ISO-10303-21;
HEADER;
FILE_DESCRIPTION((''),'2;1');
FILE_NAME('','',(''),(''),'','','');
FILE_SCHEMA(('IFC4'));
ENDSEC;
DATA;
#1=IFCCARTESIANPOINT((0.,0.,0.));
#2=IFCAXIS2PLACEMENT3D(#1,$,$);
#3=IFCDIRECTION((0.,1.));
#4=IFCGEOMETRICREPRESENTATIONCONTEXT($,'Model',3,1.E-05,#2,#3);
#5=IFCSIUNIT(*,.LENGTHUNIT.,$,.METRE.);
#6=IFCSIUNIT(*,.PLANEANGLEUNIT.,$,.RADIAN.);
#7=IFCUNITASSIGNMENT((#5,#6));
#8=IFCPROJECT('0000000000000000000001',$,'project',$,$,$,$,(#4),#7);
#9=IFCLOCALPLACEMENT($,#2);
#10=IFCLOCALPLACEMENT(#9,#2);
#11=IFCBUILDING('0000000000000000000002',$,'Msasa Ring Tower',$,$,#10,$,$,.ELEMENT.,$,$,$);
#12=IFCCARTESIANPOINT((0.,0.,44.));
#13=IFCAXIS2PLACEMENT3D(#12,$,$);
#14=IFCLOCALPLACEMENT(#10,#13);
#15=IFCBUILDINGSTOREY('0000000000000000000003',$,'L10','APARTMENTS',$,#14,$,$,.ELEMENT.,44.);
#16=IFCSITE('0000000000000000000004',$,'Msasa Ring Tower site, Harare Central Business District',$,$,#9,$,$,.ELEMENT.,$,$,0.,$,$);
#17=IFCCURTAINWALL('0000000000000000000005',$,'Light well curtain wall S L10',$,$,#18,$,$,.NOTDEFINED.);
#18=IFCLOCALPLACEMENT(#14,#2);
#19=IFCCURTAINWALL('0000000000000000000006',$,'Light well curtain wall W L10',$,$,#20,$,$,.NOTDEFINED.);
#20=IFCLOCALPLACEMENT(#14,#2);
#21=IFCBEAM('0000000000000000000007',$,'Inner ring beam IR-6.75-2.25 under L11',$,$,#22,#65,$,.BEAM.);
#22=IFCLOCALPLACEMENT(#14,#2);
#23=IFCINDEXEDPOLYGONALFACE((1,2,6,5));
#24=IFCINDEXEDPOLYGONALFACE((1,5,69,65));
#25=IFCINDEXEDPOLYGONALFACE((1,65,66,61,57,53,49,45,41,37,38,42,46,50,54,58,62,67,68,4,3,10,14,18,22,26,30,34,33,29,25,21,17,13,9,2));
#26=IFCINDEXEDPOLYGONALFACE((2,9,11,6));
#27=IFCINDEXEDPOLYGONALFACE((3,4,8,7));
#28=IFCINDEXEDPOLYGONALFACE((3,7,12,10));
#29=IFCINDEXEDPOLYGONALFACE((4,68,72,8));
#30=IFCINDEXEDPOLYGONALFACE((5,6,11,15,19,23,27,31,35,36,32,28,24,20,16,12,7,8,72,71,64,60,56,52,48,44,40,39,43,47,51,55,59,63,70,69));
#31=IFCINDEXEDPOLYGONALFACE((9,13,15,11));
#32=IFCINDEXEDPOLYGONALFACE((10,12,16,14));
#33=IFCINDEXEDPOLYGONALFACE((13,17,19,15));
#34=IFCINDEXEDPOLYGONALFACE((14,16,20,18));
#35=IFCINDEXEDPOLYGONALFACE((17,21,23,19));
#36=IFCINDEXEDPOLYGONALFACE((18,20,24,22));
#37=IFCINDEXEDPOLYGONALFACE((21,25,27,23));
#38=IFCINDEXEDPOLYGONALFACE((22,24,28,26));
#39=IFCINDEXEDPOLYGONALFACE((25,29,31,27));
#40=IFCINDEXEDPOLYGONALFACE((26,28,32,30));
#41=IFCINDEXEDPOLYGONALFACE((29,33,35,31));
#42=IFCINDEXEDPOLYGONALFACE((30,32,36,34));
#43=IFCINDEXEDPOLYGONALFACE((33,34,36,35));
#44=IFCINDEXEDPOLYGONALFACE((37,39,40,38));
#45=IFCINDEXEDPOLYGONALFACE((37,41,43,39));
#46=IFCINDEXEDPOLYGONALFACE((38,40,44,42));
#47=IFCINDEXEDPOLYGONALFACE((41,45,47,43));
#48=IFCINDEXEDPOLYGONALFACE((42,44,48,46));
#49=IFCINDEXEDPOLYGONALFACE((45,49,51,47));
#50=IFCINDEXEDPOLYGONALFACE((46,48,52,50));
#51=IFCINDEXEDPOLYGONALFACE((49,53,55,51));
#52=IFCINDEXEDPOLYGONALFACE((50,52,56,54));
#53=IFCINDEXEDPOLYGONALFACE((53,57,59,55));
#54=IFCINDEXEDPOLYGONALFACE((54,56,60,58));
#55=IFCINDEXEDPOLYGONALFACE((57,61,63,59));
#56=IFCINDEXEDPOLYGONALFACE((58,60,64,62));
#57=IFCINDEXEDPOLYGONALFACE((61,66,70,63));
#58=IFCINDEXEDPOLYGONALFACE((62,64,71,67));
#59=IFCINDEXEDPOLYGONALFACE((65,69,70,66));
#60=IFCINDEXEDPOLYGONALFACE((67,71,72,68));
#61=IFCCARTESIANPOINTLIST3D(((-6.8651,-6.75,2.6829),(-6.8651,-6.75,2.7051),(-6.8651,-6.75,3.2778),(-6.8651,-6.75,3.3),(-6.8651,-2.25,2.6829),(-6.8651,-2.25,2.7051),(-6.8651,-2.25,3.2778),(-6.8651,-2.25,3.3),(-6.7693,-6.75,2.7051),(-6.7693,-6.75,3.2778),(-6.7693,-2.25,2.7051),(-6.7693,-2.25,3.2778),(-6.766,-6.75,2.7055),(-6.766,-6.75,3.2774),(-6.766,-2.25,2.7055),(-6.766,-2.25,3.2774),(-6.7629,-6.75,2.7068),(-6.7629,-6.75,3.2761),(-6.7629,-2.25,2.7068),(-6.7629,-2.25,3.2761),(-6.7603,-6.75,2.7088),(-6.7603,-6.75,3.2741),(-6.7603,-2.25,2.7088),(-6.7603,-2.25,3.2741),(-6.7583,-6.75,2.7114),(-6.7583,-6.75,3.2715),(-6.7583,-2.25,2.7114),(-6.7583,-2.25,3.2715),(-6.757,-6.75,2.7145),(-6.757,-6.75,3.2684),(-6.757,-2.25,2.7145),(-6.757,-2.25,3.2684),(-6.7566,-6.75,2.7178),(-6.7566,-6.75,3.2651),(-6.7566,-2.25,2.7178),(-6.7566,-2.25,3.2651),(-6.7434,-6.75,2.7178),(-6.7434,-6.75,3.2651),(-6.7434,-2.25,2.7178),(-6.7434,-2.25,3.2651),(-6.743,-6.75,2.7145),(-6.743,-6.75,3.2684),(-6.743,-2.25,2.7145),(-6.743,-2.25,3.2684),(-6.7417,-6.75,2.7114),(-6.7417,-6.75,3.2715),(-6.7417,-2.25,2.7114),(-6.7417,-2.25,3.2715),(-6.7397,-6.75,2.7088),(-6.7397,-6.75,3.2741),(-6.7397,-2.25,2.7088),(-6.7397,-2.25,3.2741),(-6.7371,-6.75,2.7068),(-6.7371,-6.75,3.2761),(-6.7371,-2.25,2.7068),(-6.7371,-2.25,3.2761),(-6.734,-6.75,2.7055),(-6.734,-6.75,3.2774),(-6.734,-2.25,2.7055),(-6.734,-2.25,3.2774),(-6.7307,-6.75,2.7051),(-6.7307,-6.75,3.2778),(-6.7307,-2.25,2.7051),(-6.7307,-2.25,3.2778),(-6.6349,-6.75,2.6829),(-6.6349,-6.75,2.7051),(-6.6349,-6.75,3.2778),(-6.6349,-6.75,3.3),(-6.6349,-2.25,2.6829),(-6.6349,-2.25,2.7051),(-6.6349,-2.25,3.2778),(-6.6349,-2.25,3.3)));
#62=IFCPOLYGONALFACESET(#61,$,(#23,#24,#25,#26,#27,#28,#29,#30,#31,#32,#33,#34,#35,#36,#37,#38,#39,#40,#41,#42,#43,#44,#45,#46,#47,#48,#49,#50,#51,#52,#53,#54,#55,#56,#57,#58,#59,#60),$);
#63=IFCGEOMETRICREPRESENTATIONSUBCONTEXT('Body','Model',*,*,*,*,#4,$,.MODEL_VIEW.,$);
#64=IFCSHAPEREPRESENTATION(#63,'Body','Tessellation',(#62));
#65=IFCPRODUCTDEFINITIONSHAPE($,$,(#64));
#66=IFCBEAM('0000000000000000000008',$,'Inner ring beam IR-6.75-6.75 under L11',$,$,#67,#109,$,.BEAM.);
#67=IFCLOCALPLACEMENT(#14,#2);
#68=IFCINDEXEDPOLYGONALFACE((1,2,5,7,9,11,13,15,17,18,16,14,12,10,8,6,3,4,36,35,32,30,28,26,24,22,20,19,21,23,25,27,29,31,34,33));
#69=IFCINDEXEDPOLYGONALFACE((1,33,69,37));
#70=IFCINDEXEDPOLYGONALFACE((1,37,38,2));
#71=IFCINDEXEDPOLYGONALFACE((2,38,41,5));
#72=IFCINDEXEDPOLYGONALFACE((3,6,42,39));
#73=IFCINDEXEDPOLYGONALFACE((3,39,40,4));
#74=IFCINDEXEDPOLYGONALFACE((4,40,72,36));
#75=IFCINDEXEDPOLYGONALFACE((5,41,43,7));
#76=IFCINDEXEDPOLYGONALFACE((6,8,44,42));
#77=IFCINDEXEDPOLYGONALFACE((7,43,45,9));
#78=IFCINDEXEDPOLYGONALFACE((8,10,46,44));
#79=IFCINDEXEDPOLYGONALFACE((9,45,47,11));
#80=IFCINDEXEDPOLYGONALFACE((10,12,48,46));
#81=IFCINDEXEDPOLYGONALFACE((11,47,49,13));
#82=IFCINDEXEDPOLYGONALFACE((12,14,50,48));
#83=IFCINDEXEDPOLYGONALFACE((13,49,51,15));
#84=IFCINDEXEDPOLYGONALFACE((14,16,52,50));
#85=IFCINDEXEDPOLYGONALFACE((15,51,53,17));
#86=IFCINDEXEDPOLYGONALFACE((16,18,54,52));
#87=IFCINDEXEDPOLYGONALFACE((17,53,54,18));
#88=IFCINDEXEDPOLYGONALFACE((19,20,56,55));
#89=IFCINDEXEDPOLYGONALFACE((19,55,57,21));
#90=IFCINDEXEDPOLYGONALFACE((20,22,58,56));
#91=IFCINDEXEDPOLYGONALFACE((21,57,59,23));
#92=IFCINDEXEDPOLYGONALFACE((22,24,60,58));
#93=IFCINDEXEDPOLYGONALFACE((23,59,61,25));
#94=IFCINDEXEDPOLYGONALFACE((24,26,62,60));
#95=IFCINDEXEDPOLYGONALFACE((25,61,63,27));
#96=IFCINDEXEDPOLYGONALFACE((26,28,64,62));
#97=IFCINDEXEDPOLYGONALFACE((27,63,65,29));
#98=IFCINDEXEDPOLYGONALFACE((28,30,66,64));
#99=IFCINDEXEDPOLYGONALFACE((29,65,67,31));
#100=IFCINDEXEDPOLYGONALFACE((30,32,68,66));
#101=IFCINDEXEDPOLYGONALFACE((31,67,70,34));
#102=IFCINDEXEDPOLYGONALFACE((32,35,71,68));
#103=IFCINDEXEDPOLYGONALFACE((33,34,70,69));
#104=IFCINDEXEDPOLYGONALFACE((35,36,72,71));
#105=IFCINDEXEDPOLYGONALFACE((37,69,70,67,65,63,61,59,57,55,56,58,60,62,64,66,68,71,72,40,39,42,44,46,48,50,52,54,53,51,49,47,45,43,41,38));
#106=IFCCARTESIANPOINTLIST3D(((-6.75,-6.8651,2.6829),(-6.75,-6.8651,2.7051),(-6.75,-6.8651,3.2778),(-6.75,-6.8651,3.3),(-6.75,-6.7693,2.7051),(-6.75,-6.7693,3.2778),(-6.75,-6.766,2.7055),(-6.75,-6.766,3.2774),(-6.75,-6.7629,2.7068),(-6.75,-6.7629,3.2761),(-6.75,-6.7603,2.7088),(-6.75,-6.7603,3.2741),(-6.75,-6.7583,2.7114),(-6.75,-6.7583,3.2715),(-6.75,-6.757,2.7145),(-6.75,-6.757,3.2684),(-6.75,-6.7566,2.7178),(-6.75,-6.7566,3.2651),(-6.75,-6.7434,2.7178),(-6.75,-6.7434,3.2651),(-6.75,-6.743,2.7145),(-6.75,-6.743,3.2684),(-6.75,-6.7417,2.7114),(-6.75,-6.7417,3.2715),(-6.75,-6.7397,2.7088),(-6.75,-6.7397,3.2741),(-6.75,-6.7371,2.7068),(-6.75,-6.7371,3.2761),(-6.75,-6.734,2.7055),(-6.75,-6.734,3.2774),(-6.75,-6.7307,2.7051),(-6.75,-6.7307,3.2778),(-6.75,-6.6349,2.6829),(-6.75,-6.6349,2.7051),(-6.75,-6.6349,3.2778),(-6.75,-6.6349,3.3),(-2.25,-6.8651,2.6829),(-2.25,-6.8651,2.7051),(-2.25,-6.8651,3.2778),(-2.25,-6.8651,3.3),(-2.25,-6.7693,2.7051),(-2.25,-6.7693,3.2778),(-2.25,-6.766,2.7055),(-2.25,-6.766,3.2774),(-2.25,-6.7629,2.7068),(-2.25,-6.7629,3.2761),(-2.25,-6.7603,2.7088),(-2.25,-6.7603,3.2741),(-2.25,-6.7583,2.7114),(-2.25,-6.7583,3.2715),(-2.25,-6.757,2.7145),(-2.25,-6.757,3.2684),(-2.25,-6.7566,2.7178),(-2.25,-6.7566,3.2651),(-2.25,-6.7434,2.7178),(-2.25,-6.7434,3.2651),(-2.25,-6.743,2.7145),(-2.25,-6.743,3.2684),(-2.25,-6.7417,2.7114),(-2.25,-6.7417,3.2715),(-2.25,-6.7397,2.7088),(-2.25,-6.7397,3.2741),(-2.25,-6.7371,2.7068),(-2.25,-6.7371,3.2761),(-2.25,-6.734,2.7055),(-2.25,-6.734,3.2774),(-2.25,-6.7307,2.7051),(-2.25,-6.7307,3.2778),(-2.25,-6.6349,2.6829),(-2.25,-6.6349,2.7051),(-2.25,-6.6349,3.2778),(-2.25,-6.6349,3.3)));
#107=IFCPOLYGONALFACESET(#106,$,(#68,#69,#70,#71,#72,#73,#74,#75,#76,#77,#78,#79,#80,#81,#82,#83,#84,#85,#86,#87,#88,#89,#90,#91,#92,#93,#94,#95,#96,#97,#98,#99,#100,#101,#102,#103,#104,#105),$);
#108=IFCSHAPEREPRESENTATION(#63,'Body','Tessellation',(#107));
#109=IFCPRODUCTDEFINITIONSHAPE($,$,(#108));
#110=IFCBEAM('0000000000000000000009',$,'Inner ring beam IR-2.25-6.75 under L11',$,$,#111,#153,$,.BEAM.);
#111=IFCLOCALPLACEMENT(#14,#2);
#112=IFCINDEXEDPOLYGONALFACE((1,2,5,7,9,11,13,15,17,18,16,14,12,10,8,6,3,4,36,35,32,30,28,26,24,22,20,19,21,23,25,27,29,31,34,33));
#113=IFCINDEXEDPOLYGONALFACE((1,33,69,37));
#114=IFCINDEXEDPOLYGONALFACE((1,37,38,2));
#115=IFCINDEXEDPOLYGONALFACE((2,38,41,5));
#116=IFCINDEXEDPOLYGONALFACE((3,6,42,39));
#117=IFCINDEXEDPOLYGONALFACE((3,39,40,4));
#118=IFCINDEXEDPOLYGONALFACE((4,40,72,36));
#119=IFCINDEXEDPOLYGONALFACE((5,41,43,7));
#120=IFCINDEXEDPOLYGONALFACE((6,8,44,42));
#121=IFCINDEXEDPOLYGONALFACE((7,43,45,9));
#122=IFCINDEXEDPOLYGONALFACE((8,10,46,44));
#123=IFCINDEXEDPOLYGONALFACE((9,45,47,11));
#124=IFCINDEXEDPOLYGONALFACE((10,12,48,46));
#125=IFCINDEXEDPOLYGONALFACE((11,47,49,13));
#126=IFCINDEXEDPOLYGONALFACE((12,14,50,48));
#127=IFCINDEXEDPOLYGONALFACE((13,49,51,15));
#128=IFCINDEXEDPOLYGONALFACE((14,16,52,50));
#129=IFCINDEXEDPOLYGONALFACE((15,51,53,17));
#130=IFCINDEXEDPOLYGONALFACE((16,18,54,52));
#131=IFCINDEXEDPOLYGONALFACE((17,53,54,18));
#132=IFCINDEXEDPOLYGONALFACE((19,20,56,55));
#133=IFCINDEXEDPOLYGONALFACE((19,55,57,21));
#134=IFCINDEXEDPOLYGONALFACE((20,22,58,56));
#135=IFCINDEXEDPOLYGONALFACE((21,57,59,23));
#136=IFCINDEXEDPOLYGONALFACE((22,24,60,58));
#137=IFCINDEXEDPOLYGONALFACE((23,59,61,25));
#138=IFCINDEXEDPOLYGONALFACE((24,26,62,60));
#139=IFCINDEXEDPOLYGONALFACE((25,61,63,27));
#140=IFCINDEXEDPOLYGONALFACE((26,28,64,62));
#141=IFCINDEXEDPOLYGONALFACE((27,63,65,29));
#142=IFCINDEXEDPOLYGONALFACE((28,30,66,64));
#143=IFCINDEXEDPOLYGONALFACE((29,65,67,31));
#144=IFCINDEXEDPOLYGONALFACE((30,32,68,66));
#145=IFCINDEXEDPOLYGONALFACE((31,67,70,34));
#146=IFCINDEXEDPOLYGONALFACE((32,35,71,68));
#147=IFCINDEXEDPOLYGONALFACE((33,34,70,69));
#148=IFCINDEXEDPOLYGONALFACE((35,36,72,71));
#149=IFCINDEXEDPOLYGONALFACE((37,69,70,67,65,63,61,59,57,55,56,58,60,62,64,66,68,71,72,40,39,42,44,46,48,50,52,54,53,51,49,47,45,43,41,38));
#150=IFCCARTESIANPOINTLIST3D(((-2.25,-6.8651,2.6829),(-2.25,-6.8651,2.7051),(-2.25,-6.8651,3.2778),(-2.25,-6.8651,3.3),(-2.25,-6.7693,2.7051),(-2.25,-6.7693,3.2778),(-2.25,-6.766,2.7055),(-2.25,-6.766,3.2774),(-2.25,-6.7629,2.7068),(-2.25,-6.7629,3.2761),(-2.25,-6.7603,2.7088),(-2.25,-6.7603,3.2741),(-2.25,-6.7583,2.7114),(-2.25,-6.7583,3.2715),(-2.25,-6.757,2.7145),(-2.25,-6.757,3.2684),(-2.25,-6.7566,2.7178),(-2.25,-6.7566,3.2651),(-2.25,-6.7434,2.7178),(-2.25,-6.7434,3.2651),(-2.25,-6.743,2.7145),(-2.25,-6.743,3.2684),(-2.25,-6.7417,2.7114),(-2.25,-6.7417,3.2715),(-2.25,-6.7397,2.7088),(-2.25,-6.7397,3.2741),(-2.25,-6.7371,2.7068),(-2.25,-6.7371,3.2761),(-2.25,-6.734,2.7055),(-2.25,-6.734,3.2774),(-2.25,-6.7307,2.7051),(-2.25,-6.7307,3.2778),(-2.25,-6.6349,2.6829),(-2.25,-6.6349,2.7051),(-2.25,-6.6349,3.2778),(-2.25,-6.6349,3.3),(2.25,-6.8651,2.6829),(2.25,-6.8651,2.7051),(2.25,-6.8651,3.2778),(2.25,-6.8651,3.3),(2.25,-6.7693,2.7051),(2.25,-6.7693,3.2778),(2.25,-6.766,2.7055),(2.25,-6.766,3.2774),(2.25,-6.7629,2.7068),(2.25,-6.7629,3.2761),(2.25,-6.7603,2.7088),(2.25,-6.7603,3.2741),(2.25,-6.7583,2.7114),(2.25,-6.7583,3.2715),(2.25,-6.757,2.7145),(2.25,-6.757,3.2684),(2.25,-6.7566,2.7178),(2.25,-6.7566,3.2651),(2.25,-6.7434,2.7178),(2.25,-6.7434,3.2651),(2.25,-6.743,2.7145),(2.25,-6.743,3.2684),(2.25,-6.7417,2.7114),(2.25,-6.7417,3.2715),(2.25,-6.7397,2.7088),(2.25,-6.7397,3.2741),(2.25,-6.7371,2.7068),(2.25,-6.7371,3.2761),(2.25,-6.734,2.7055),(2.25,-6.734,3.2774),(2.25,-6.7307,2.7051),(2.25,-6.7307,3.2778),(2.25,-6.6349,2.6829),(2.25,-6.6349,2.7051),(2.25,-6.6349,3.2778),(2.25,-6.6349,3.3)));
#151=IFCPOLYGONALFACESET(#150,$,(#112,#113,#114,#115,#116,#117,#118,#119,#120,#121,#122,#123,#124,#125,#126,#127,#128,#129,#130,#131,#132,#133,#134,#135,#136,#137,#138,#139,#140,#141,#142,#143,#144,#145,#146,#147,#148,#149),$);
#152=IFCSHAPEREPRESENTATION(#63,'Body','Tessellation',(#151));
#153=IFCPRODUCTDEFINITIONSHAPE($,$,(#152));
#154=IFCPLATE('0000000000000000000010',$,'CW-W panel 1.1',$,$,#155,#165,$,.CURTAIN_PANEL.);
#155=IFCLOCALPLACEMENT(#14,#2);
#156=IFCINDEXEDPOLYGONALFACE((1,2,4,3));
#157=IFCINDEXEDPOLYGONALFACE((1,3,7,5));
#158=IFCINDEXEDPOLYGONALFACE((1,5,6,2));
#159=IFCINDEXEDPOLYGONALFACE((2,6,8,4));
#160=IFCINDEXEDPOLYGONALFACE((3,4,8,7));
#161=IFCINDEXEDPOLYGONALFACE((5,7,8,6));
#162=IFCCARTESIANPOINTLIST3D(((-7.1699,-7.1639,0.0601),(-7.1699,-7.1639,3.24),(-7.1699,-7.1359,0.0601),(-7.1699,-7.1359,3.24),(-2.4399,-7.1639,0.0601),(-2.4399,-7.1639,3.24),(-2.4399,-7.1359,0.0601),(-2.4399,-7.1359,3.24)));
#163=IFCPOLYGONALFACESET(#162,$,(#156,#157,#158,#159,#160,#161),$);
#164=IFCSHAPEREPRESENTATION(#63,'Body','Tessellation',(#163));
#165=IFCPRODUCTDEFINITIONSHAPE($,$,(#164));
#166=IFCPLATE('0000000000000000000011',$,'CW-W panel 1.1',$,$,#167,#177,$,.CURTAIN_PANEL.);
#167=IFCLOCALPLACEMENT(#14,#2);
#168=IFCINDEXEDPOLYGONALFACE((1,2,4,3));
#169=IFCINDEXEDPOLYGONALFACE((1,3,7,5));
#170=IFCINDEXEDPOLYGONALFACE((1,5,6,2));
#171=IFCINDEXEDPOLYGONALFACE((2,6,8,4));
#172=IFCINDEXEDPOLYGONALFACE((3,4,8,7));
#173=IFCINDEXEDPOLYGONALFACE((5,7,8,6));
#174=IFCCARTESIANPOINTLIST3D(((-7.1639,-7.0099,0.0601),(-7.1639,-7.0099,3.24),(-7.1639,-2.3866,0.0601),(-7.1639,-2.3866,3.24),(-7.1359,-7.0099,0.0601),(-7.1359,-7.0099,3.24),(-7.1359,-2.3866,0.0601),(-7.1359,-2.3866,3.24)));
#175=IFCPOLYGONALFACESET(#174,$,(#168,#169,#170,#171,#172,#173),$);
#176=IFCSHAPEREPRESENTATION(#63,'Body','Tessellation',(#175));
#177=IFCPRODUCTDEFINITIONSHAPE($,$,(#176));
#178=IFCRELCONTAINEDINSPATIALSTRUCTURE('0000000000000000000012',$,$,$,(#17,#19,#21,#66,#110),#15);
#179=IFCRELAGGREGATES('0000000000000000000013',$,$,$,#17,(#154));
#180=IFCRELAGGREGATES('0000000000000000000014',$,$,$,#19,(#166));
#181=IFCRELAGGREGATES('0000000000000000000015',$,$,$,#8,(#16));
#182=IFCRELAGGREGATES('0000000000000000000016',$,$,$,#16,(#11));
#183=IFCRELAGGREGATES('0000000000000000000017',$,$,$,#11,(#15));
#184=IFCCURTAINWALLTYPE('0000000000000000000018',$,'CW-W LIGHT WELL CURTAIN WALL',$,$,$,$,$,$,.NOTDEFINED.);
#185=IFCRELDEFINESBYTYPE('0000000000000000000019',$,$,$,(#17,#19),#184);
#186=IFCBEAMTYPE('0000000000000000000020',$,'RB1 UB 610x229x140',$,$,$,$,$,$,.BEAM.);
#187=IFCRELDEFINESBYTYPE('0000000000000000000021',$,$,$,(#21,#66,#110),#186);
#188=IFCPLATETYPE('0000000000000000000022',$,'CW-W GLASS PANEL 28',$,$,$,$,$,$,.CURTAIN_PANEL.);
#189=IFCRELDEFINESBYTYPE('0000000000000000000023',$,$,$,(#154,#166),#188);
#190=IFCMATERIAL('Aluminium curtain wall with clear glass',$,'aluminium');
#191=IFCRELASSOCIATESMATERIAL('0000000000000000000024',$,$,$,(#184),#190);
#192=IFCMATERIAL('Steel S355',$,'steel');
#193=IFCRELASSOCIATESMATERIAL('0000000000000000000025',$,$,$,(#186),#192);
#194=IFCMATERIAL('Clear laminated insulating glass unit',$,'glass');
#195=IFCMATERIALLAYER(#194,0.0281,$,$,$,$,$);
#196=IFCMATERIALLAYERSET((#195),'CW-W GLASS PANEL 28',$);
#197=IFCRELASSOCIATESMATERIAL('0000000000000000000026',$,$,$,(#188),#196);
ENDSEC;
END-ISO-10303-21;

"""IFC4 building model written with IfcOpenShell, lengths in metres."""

from ifc_helpers import new_model, si_unit, direction, frame, origin, origin_2d, place, context, subcontext, project, spatial, rectangle, i_section, extrude, material, layer, layer_set, material_profile, profile_set, type_object, element, aggregate, save


model = new_model("IFC4")

# Units and contexts
model_context = context("Model", 3, precision=1e-05, world=origin(), true_north=direction((0.0, 1.0)))
body_context = subcontext(model_context, "Body", "Model", "MODEL_VIEW")
ifc_project = project(units=[si_unit("LENGTHUNIT", "METRE"), si_unit("PLANEANGLEUNIT", "RADIAN")], contexts=[model_context])

# Site, building, storey
site_placement = place(None, origin())
site = spatial("IfcSite", under=ifc_project, at=site_placement, Name="Msasa Ring Tower site, Harare Central Business District", CompositionType="ELEMENT", RefElevation=0.0)
building_placement = place(site_placement, origin())
building = spatial("IfcBuilding", under=site, at=building_placement, Name="Msasa Ring Tower", CompositionType="ELEMENT")
storey_placement = place(building_placement, frame((0.0, 0.0, 44.0)))
storey = spatial("IfcBuildingStorey", under=building, at=storey_placement, Name="L10", Description="APARTMENTS", CompositionType="ELEMENT", Elevation=44.0)

# Curtain walls
ifc_material_1 = material(Name="Aluminium curtain wall with clear glass", Category="aluminium")
curtain_wall_type = type_object("IfcCurtainWallType", Name="CW-W LIGHT WELL CURTAIN WALL", PredefinedType="NOTDEFINED", material=ifc_material_1)
curtain_wall_1_placement = place(storey_placement, origin())
curtain_wall_1 = element("IfcCurtainWall", 1, at=curtain_wall_1_placement, inside=storey, type_object=curtain_wall_type, Name="Light well curtain wall S L10", PredefinedType="NOTDEFINED")
curtain_wall_2_placement = place(storey_placement, origin())
curtain_wall_2 = element("IfcCurtainWall", 2, at=curtain_wall_2_placement, inside=storey, type_object=curtain_wall_type, Name="Light well curtain wall W L10", PredefinedType="NOTDEFINED")

# Beams
ifc_material_2 = material(Name="Steel S355", Category="steel")
ifc_material_profile_1 = material_profile(ifc_material_2, i_section(OverallWidth=0.2302, OverallDepth=0.6172, WebThickness=0.0132, FlangeThickness=0.0222, FilletRadius=0.0127, at=origin_2d()), Name="UB 610x229x140")
ifc_profile_set_1 = profile_set([ifc_material_profile_1], Name="Steel S355")
beam_type = type_object("IfcBeamType", Name="RB1 UB 610x229x140", PredefinedType="BEAM", material=ifc_profile_set_1)
for number, where, z_axis, x_axis, name in (
    (3, (-6.75, -2.25, 2.9915), (0.0, -1.0, 0.0), (1.0, 0.0, 0.0), "Inner ring beam IR-6.75-2.25 under L11"),
    (4, (-6.75, -6.75, 2.9915), (1.0, 0.0, 0.0), (0.0, 1.0, 0.0), "Inner ring beam IR-6.75-6.75 under L11"),
    (5, (-2.25, -6.75, 2.9915), (1.0, 0.0, 0.0), (0.0, 1.0, 0.0), "Inner ring beam IR-2.25-6.75 under L11"),
):
    element("IfcBeam", number, at=place(storey_placement, frame(where, z_axis=z_axis, x_axis=x_axis)), inside=storey, type_object=beam_type, Name=name, PredefinedType="BEAM", context=body_context, shape_type="SweptSolid", body=[
        extrude(i_section(OverallWidth=0.2302, OverallDepth=0.6172, WebThickness=0.0132, FlangeThickness=0.0222, FilletRadius=0.0127, at=origin_2d()), origin(), (0.0, 0.0, 1.0), 4.5),
    ])

# Plates
ifc_material_3 = material(Name="Clear laminated insulating glass unit", Category="glass")
ifc_layer = layer(ifc_material_3, 0.0281)
ifc_layer_set = layer_set([ifc_layer], Name="CW-W GLASS PANEL 28")
plate_type = type_object("IfcPlateType", Name="CW-W GLASS PANEL 28", PredefinedType="CURTAIN_PANEL", material=ifc_layer_set)
plate_1_placement = place(storey_placement, frame((-4.8049, -7.1499, 0.0601), z_axis=(0.0, 0.0, 1.0), x_axis=(1.0, 0.0, 0.0)))
plate_1 = element("IfcPlate", 6, at=plate_1_placement, type_object=plate_type, Name="CW-W panel 1.1", PredefinedType="CURTAIN_PANEL", context=body_context, shape_type="SweptSolid", body=[
    extrude(rectangle(XDim=4.73, YDim=0.0281, at=origin_2d()), origin(), (0.0, 0.0, 1.0), 3.1799),
])
aggregate(curtain_wall_1, [plate_1])
plate_2_placement = place(storey_placement, frame((-7.1499, -4.6982, 0.0601), z_axis=(0.0, 0.0, 1.0), x_axis=(0.0, 1.0, 0.0)))
plate_2 = element("IfcPlate", 7, at=plate_2_placement, type_object=plate_type, Name="CW-W panel 1.1", PredefinedType="CURTAIN_PANEL", context=body_context, shape_type="SweptSolid", body=[
    extrude(rectangle(XDim=4.6233, YDim=0.0281, at=origin_2d()), origin(), (0.0, 0.0, 1.0), 3.1799),
])
aggregate(curtain_wall_2, [plate_2])

save(model, "model.ifc")
